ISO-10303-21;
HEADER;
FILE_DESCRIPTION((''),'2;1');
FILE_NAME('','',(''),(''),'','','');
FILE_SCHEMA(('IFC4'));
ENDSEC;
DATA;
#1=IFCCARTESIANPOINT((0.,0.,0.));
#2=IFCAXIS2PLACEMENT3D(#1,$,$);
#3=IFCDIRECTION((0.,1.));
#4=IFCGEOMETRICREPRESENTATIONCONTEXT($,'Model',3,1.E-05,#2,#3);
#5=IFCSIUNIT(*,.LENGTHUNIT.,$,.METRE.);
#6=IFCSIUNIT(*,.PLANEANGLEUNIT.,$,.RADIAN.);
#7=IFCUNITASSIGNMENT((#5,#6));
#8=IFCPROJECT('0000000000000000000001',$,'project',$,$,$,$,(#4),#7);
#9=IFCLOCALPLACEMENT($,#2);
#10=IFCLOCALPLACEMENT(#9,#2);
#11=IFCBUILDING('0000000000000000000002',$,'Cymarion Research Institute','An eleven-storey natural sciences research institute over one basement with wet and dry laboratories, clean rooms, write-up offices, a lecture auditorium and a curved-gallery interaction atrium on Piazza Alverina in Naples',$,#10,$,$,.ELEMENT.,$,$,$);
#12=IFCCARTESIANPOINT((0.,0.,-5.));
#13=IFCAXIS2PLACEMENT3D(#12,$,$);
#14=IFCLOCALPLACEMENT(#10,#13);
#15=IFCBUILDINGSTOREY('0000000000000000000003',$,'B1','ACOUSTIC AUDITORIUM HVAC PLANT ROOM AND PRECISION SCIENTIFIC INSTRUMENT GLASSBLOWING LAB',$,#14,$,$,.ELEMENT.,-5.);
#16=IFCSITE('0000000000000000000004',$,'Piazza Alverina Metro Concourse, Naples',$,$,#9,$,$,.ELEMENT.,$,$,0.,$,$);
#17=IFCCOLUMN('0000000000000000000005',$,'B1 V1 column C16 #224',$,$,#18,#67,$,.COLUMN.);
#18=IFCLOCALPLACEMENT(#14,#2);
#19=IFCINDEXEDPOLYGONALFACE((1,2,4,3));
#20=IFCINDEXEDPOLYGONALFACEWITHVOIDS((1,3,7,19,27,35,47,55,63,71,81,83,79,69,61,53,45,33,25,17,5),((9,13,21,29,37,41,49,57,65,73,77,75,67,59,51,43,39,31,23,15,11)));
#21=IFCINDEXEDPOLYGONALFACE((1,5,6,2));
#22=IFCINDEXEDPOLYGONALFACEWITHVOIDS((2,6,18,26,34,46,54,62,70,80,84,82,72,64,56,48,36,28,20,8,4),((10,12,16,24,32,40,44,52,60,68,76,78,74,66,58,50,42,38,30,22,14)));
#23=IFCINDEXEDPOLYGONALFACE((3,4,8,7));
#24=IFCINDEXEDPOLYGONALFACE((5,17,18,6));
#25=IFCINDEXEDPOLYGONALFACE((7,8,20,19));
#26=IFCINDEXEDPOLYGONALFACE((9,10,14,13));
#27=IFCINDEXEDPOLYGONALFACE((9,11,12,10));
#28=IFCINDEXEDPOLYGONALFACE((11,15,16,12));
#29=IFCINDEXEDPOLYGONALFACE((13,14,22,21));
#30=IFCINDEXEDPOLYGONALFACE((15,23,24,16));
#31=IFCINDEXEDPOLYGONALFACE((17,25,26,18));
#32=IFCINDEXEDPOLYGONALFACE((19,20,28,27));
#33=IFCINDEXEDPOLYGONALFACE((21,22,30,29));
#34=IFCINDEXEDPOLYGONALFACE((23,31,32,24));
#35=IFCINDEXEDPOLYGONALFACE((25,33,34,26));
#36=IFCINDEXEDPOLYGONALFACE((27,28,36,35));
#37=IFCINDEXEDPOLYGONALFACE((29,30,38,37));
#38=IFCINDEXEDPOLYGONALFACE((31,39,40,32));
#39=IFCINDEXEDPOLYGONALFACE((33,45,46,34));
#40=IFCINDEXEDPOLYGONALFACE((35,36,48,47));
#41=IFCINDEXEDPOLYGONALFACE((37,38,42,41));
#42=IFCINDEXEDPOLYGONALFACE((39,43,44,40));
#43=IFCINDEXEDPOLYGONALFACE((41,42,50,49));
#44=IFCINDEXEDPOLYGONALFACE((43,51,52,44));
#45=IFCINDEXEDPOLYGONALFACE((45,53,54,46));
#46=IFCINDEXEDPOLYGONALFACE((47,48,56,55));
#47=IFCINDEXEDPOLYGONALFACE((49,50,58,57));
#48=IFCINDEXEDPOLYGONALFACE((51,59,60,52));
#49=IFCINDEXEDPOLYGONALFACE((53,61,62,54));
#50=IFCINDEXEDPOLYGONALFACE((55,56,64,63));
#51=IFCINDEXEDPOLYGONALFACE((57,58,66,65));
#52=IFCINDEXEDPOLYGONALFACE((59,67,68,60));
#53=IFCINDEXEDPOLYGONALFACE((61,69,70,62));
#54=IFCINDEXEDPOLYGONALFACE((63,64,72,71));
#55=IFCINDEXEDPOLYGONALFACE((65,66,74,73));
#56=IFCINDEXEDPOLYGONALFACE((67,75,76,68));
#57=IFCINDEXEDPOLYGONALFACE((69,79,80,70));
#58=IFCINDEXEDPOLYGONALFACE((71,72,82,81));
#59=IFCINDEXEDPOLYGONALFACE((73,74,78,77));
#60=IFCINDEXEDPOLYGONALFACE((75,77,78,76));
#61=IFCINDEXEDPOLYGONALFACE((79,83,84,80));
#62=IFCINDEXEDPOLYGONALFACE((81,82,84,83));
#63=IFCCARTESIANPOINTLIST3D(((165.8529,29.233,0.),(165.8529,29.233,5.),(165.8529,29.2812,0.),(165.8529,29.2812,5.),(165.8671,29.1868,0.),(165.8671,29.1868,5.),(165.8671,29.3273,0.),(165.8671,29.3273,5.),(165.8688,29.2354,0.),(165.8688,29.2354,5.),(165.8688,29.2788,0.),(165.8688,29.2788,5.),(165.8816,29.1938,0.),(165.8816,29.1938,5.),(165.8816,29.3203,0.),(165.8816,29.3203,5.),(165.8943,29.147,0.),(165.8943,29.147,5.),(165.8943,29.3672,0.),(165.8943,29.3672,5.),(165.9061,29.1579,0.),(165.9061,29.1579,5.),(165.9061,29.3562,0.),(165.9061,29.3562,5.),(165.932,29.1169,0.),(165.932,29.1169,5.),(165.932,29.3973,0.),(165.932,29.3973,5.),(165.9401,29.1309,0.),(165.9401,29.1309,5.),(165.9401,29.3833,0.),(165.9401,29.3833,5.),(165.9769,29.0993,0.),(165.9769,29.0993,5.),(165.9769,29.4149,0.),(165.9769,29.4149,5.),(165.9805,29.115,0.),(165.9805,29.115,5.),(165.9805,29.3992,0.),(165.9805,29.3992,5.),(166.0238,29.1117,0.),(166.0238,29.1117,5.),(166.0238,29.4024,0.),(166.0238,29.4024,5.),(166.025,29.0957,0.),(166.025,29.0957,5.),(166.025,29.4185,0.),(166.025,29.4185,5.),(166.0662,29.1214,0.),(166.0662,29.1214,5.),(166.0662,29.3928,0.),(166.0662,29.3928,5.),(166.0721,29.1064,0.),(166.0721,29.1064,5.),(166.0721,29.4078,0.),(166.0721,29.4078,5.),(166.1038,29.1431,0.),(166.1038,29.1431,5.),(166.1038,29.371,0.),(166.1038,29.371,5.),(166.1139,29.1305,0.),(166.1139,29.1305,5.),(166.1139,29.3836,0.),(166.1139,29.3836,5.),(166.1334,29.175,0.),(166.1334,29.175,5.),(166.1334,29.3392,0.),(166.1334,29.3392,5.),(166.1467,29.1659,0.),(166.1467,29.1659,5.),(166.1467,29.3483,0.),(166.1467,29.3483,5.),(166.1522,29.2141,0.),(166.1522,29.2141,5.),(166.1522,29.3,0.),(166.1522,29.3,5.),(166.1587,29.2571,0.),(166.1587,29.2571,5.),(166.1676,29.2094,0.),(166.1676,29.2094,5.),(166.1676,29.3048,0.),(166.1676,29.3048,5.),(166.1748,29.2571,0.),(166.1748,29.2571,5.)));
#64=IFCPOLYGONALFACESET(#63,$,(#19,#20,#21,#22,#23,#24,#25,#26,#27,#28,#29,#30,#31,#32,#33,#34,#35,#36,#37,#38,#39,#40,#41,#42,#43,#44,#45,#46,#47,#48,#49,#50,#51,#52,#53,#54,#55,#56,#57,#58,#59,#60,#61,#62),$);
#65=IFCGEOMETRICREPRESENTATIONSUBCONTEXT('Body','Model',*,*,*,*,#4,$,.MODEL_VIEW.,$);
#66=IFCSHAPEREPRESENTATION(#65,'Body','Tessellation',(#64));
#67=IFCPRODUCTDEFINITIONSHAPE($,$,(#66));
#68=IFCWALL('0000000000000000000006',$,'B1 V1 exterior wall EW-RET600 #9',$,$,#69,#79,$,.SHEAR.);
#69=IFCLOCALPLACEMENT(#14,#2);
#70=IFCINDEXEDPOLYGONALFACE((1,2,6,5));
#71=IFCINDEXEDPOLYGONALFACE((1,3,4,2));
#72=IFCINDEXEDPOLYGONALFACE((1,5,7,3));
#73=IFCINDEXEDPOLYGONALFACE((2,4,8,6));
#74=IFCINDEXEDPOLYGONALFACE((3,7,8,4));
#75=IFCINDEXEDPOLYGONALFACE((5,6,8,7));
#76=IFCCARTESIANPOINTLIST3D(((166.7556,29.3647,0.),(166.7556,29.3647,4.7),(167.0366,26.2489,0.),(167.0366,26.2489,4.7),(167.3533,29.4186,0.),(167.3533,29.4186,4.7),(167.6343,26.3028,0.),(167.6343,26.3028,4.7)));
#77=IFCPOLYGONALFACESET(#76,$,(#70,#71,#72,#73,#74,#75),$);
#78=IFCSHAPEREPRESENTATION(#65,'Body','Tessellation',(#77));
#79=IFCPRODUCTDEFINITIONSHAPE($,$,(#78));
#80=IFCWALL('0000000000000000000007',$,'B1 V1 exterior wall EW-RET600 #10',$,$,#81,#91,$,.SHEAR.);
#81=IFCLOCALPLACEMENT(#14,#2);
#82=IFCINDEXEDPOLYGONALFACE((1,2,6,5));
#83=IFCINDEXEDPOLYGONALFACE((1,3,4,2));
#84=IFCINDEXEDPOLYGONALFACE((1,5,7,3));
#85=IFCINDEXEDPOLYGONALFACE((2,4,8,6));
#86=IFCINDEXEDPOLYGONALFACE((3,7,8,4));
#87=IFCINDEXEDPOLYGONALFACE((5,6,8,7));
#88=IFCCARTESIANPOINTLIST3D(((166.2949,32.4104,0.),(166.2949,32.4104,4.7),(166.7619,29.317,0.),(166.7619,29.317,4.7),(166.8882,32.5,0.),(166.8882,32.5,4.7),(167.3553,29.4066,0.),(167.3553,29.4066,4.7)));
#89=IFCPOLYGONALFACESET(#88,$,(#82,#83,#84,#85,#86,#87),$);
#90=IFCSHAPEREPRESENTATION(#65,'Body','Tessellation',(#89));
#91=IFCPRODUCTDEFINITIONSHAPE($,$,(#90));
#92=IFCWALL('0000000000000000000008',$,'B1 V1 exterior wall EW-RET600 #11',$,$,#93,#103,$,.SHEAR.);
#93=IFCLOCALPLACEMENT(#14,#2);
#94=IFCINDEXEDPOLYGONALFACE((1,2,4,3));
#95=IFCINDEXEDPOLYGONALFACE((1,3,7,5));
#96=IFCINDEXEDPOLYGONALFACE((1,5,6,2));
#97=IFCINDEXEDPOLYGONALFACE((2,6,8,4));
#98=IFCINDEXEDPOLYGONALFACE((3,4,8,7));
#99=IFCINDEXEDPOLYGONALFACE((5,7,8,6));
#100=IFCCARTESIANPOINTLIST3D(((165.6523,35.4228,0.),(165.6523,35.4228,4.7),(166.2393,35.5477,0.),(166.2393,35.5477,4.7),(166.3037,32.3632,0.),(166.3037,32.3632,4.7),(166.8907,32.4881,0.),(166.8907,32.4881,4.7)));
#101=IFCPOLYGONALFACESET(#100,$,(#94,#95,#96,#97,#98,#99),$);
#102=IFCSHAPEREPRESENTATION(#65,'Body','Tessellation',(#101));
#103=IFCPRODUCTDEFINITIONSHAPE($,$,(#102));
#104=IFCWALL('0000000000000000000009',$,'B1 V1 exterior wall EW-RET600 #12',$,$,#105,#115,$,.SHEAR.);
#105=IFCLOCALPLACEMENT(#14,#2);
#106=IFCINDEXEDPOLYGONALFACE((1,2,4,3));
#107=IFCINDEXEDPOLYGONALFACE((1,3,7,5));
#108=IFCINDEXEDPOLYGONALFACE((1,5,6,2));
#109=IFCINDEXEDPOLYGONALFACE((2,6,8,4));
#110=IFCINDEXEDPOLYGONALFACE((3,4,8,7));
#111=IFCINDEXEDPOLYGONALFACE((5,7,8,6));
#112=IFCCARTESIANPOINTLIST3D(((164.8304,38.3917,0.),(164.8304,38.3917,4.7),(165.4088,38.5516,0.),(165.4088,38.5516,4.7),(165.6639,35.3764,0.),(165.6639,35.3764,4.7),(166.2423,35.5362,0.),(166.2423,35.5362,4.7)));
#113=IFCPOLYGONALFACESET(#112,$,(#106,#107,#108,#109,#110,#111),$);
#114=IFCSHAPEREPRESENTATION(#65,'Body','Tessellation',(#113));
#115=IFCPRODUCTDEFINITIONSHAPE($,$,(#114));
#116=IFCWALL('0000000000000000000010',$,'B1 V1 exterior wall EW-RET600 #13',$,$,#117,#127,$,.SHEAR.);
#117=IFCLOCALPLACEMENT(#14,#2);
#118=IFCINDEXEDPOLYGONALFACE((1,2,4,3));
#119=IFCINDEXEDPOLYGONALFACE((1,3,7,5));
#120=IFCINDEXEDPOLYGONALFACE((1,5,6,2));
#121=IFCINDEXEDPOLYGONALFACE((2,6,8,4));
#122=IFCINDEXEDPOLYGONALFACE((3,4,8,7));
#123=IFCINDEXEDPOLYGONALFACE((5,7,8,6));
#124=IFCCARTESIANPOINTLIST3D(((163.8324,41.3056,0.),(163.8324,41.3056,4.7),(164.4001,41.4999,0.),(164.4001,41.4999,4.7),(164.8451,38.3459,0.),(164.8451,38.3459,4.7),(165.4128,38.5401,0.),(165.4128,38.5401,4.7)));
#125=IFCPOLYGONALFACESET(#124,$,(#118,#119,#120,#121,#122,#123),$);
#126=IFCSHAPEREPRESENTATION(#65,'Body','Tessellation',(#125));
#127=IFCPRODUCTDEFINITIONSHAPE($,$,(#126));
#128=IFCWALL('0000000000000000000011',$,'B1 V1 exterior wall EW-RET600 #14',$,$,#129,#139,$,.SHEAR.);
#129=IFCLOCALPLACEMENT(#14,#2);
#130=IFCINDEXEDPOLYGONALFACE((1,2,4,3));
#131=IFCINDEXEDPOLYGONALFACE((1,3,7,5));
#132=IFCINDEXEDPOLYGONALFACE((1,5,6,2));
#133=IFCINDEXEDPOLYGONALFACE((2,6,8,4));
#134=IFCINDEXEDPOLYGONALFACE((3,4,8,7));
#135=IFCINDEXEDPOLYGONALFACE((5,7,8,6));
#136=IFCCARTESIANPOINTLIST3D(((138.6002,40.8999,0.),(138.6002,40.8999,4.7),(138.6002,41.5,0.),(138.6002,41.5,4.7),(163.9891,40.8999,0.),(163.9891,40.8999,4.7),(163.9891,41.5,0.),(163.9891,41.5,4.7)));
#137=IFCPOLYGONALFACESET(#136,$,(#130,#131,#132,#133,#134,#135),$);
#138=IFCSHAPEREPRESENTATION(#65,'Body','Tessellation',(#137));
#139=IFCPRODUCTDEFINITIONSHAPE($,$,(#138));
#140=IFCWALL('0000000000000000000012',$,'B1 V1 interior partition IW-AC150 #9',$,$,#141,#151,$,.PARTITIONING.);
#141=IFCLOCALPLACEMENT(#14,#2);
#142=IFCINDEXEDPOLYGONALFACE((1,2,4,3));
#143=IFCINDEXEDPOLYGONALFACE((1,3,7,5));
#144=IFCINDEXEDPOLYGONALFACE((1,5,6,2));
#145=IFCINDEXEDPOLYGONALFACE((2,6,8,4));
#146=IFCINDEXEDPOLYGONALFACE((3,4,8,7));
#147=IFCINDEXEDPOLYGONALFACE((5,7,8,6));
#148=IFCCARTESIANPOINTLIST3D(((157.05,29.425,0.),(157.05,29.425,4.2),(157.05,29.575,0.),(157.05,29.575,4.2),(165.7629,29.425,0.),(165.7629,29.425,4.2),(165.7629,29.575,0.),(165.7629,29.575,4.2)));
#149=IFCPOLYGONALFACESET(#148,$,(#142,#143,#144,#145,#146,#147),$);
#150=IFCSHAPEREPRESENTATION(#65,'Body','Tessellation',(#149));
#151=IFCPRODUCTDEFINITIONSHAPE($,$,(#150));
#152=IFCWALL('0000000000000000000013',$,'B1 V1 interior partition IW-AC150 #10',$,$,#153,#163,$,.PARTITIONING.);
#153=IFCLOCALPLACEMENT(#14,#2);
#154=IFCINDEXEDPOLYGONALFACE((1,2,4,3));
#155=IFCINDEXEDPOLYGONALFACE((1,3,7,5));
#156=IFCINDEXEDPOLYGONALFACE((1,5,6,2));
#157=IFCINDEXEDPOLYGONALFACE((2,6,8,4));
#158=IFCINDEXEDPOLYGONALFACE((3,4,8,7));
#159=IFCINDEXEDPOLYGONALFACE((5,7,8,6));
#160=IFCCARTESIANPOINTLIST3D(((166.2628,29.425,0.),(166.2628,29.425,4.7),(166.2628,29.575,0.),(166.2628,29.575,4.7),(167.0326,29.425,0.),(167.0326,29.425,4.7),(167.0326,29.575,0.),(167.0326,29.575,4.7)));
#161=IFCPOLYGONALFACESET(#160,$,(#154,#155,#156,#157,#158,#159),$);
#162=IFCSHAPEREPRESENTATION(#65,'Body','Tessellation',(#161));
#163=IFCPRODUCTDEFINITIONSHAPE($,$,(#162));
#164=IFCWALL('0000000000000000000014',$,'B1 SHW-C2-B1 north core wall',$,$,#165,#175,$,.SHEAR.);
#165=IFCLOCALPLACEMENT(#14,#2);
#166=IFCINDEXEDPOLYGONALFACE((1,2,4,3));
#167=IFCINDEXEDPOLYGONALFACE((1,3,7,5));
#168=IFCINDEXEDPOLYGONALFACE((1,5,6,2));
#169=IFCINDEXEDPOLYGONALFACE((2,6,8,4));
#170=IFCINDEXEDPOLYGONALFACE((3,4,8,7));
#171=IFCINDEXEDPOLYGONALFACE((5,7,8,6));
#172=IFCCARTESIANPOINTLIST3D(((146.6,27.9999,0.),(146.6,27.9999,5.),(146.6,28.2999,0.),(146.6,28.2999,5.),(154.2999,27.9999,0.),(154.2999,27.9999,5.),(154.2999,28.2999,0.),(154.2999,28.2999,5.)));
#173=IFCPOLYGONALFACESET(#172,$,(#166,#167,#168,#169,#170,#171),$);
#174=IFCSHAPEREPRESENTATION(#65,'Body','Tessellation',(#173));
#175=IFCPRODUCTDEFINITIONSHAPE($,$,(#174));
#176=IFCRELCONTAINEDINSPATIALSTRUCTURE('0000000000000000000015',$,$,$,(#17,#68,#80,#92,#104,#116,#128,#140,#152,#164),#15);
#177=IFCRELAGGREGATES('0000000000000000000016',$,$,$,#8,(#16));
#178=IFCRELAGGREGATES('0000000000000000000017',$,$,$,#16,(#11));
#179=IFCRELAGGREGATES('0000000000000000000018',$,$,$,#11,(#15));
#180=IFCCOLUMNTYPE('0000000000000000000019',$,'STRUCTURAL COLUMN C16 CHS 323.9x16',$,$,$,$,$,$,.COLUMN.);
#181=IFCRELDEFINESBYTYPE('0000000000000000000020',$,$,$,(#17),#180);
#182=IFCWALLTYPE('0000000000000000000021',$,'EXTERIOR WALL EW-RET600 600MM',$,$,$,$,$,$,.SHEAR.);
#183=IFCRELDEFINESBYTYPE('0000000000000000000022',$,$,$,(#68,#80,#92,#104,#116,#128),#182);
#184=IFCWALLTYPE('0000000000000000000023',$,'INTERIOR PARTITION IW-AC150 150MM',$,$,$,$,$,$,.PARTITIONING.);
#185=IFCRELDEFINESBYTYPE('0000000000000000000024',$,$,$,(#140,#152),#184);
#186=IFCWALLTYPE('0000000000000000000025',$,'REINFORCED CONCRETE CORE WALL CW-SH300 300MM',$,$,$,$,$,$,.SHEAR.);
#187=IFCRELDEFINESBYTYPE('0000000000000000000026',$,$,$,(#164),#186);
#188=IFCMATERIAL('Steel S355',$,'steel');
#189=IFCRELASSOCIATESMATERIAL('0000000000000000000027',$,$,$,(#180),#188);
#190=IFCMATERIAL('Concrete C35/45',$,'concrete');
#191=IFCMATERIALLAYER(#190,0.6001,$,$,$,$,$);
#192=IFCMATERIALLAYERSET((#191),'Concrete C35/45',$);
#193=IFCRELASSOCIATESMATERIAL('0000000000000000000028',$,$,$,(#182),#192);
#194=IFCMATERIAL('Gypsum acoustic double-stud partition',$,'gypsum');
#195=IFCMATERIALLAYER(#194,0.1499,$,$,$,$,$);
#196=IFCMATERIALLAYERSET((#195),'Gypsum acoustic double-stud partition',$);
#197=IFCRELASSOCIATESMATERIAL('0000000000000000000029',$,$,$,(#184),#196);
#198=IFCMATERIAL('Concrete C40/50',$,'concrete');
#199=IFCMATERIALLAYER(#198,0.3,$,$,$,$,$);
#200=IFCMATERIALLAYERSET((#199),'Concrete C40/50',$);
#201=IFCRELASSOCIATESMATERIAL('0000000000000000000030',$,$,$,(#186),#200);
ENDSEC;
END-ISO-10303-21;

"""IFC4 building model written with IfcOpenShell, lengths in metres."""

from ifc_helpers import new_model, si_unit, direction, frame, frame_2d, origin, origin_2d, place, context, subcontext, project, spatial, rectangle, hollow_circle, extrude, material, layer, layer_set, material_profile, profile_set, type_object, element, save


model = new_model("IFC4")

# Units and contexts
model_context = context("Model", 3, precision=1e-05, world=origin(), true_north=direction((0.0, 1.0)))
body_context = subcontext(model_context, "Body", "Model", "MODEL_VIEW")
ifc_project = project(units=[si_unit("LENGTHUNIT", "METRE"), si_unit("PLANEANGLEUNIT", "RADIAN")], contexts=[model_context])

# Site, building, storey
site_placement = place(None, origin())
site = spatial("IfcSite", under=ifc_project, at=site_placement, Name="Piazza Alverina Metro Concourse, Naples", CompositionType="ELEMENT", RefElevation=0.0)
building_placement = place(site_placement, origin())
building = spatial("IfcBuilding", under=site, at=building_placement, Name="Cymarion Research Institute", Description="An eleven-storey natural sciences research institute over one basement with wet and dry laboratories, clean rooms, write-up offices, a lecture auditorium and a curved-gallery interaction atrium on Piazza Alverina in Naples", CompositionType="ELEMENT")
storey_placement = place(building_placement, frame((0.0, 0.0, -5.0)))
storey = spatial("IfcBuildingStorey", under=building, at=storey_placement, Name="B1", Description="ACOUSTIC AUDITORIUM HVAC PLANT ROOM AND PRECISION SCIENTIFIC INSTRUMENT GLASSBLOWING LAB", CompositionType="ELEMENT", Elevation=-5.0)

# Shared definitions
ifc_material_1 = material(Name="Concrete C35/45", Category="concrete")

# Column
ifc_material_2 = material(Name="Steel S355", Category="steel")
ifc_material_profile_1 = material_profile(ifc_material_2, hollow_circle(Radius=0.1619, WallThickness=0.0161, at=origin_2d()), Name="CHS 323.9x16")
ifc_profile_set_1 = profile_set([ifc_material_profile_1], Name="Steel S355")
column_type_1 = type_object("IfcColumnType", Name="STRUCTURAL COLUMN C16 CHS 323.9x16", PredefinedType="COLUMN", material=ifc_profile_set_1)
for number, where, z_axis, x_axis, name in (
    (1, (166.0129, 29.2571, 0.0), (0.0, 0.0, 1.0), (1.0, 0.0, 0.0), "B1 V1 column C16 #224"),
):
    element("IfcColumn", number, at=place(storey_placement, frame(where, z_axis=z_axis, x_axis=x_axis)), inside=storey, type_object=column_type_1, Name=name, PredefinedType="COLUMN", context=body_context, shape_type="SweptSolid", body=[
        extrude(hollow_circle(Radius=0.1619, WallThickness=0.0161, at=origin_2d()), origin(), (0.0, 0.0, 1.0), 5.0),
    ])

# Walls
ifc_layer_1 = layer(ifc_material_1, 0.6001)
ifc_layer_set_1 = layer_set([ifc_layer_1], Name="Concrete C35/45")
wall_type_1 = type_object("IfcWallType", Name="EXTERIOR WALL EW-RET600 600MM", PredefinedType="SHEAR", material=ifc_layer_set_1)
for number, where, z_axis, x_axis, name in (
    (2, (167.3354, 26.2759, 0.0), (0.0, 0.0, 1.0), (-0.089825, 0.995958, 0.0), "B1 V1 exterior wall EW-RET600 #9"),
    (3, (167.0586, 29.3618, 0.0), (0.0, 0.0, 1.0), (-0.149294, 0.988793, 0.0), "B1 V1 exterior wall EW-RET600 #10"),
):
    element("IfcWall", number, at=place(storey_placement, frame(where, z_axis=z_axis, x_axis=x_axis)), inside=storey, type_object=wall_type_1, Name=name, PredefinedType="SHEAR", context=body_context, shape_type="SweptSolid", body=[
        extrude(rectangle(XDim=3.1284, YDim=0.6001, at=frame_2d((1.5642, 0.0))), origin(), (0.0, 0.0, 1.0), 4.7),
    ])
wall_1_placement = place(storey_placement, frame((166.5972, 32.4258, 0.0), z_axis=(0.0, 0.0, 1.0), x_axis=(-0.208228, 0.97808, 0.0)))
element("IfcWall", 4, at=wall_1_placement, inside=storey, type_object=wall_type_1, Name="B1 V1 exterior wall EW-RET600 #11", PredefinedType="SHEAR", context=body_context, shape_type="SweptSolid", body=[
    extrude(rectangle(XDim=3.1282, YDim=0.6001, at=frame_2d((1.564, 0.0))), origin(), (0.0, 0.0, 1.0), 4.7),
])
wall_2_placement = place(storey_placement, frame((165.9531, 35.4563, 0.0), z_axis=(0.0, 0.0, 1.0), x_axis=(-0.266424, 0.963856, 0.0)))
element("IfcWall", 5, at=wall_2_placement, inside=storey, type_object=wall_type_1, Name="B1 V1 exterior wall EW-RET600 #12", PredefinedType="SHEAR", context=body_context, shape_type="SweptSolid", body=[
    extrude(rectangle(XDim=3.1284, YDim=0.6001, at=frame_2d((1.5642, 0.0))), origin(), (0.0, 0.0, 1.0), 4.7),
])
wall_3_placement = place(storey_placement, frame((165.1289, 38.4431, 0.0), z_axis=(0.0, 0.0, 1.0), x_axis=(-0.323734, 0.946148, 0.0)))
element("IfcWall", 6, at=wall_3_placement, inside=storey, type_object=wall_type_1, Name="B1 V1 exterior wall EW-RET600 #13", PredefinedType="SHEAR", context=body_context, shape_type="SweptSolid", body=[
    extrude(rectangle(XDim=3.1282, YDim=0.6001, at=frame_2d((1.564, 0.0))), origin(), (0.0, 0.0, 1.0), 4.7),
])
wall_4_placement = place(storey_placement, frame((163.989, 41.2, 0.0), z_axis=(0.0, 0.0, 1.0), x_axis=(-1.0, 0.0, 0.0)))
element("IfcWall", 7, at=wall_4_placement, inside=storey, type_object=wall_type_1, Name="B1 V1 exterior wall EW-RET600 #14", PredefinedType="SHEAR", context=body_context, shape_type="SweptSolid", body=[
    extrude(rectangle(XDim=25.3889, YDim=0.6001, at=frame_2d((12.6943, 0.0))), origin(), (0.0, 0.0, 1.0), 4.7),
])
ifc_material_3 = material(Name="Gypsum acoustic double-stud partition", Category="gypsum")
ifc_layer_2 = layer(ifc_material_3, 0.1499)
ifc_layer_set_2 = layer_set([ifc_layer_2], Name="Gypsum acoustic double-stud partition")
wall_type_2 = type_object("IfcWallType", Name="INTERIOR PARTITION IW-AC150 150MM", PredefinedType="PARTITIONING", material=ifc_layer_set_2)
wall_5_placement = place(storey_placement, frame((157.05, 29.5, 0.0), z_axis=(0.0, 0.0, 1.0), x_axis=(1.0, 0.0, 0.0)))
element("IfcWall", 8, at=wall_5_placement, inside=storey, type_object=wall_type_2, Name="B1 V1 interior partition IW-AC150 #9", PredefinedType="PARTITIONING", context=body_context, shape_type="SweptSolid", body=[
    extrude(rectangle(XDim=8.7129, YDim=0.1499, at=frame_2d((4.3564, 0.0))), origin(), (0.0, 0.0, 1.0), 4.2),
])
wall_6_placement = place(storey_placement, frame((166.2629, 29.5, 0.0), z_axis=(0.0, 0.0, 1.0), x_axis=(1.0, 0.0, 0.0)))
element("IfcWall", 9, at=wall_6_placement, inside=storey, type_object=wall_type_2, Name="B1 V1 interior partition IW-AC150 #10", PredefinedType="PARTITIONING", context=body_context, shape_type="SweptSolid", body=[
    extrude(rectangle(XDim=0.7698, YDim=0.1499, at=frame_2d((0.3848, 0.0))), origin(), (0.0, 0.0, 1.0), 4.7),
])
ifc_material_4 = material(Name="Concrete C40/50", Category="concrete")
ifc_layer_3 = layer(ifc_material_4, 0.3)
ifc_layer_set_3 = layer_set([ifc_layer_3], Name="Concrete C40/50")
wall_type_3 = type_object("IfcWallType", Name="REINFORCED CONCRETE CORE WALL CW-SH300 300MM", PredefinedType="SHEAR", material=ifc_layer_set_3)
wall_7_placement = place(storey_placement, frame((154.3, 28.1499, 0.0), z_axis=(0.0, 0.0, 1.0), x_axis=(-1.0, 0.0, 0.0)))
element("IfcWall", 10, at=wall_7_placement, inside=storey, type_object=wall_type_3, Name="B1 SHW-C2-B1 north core wall", PredefinedType="SHEAR", context=body_context, shape_type="SweptSolid", body=[
    extrude(rectangle(XDim=7.7, YDim=0.3, at=frame_2d((3.8501, 0.0))), origin(), (0.0, 0.0, 1.0), 5.0),
])

save(model, "model.ifc")
